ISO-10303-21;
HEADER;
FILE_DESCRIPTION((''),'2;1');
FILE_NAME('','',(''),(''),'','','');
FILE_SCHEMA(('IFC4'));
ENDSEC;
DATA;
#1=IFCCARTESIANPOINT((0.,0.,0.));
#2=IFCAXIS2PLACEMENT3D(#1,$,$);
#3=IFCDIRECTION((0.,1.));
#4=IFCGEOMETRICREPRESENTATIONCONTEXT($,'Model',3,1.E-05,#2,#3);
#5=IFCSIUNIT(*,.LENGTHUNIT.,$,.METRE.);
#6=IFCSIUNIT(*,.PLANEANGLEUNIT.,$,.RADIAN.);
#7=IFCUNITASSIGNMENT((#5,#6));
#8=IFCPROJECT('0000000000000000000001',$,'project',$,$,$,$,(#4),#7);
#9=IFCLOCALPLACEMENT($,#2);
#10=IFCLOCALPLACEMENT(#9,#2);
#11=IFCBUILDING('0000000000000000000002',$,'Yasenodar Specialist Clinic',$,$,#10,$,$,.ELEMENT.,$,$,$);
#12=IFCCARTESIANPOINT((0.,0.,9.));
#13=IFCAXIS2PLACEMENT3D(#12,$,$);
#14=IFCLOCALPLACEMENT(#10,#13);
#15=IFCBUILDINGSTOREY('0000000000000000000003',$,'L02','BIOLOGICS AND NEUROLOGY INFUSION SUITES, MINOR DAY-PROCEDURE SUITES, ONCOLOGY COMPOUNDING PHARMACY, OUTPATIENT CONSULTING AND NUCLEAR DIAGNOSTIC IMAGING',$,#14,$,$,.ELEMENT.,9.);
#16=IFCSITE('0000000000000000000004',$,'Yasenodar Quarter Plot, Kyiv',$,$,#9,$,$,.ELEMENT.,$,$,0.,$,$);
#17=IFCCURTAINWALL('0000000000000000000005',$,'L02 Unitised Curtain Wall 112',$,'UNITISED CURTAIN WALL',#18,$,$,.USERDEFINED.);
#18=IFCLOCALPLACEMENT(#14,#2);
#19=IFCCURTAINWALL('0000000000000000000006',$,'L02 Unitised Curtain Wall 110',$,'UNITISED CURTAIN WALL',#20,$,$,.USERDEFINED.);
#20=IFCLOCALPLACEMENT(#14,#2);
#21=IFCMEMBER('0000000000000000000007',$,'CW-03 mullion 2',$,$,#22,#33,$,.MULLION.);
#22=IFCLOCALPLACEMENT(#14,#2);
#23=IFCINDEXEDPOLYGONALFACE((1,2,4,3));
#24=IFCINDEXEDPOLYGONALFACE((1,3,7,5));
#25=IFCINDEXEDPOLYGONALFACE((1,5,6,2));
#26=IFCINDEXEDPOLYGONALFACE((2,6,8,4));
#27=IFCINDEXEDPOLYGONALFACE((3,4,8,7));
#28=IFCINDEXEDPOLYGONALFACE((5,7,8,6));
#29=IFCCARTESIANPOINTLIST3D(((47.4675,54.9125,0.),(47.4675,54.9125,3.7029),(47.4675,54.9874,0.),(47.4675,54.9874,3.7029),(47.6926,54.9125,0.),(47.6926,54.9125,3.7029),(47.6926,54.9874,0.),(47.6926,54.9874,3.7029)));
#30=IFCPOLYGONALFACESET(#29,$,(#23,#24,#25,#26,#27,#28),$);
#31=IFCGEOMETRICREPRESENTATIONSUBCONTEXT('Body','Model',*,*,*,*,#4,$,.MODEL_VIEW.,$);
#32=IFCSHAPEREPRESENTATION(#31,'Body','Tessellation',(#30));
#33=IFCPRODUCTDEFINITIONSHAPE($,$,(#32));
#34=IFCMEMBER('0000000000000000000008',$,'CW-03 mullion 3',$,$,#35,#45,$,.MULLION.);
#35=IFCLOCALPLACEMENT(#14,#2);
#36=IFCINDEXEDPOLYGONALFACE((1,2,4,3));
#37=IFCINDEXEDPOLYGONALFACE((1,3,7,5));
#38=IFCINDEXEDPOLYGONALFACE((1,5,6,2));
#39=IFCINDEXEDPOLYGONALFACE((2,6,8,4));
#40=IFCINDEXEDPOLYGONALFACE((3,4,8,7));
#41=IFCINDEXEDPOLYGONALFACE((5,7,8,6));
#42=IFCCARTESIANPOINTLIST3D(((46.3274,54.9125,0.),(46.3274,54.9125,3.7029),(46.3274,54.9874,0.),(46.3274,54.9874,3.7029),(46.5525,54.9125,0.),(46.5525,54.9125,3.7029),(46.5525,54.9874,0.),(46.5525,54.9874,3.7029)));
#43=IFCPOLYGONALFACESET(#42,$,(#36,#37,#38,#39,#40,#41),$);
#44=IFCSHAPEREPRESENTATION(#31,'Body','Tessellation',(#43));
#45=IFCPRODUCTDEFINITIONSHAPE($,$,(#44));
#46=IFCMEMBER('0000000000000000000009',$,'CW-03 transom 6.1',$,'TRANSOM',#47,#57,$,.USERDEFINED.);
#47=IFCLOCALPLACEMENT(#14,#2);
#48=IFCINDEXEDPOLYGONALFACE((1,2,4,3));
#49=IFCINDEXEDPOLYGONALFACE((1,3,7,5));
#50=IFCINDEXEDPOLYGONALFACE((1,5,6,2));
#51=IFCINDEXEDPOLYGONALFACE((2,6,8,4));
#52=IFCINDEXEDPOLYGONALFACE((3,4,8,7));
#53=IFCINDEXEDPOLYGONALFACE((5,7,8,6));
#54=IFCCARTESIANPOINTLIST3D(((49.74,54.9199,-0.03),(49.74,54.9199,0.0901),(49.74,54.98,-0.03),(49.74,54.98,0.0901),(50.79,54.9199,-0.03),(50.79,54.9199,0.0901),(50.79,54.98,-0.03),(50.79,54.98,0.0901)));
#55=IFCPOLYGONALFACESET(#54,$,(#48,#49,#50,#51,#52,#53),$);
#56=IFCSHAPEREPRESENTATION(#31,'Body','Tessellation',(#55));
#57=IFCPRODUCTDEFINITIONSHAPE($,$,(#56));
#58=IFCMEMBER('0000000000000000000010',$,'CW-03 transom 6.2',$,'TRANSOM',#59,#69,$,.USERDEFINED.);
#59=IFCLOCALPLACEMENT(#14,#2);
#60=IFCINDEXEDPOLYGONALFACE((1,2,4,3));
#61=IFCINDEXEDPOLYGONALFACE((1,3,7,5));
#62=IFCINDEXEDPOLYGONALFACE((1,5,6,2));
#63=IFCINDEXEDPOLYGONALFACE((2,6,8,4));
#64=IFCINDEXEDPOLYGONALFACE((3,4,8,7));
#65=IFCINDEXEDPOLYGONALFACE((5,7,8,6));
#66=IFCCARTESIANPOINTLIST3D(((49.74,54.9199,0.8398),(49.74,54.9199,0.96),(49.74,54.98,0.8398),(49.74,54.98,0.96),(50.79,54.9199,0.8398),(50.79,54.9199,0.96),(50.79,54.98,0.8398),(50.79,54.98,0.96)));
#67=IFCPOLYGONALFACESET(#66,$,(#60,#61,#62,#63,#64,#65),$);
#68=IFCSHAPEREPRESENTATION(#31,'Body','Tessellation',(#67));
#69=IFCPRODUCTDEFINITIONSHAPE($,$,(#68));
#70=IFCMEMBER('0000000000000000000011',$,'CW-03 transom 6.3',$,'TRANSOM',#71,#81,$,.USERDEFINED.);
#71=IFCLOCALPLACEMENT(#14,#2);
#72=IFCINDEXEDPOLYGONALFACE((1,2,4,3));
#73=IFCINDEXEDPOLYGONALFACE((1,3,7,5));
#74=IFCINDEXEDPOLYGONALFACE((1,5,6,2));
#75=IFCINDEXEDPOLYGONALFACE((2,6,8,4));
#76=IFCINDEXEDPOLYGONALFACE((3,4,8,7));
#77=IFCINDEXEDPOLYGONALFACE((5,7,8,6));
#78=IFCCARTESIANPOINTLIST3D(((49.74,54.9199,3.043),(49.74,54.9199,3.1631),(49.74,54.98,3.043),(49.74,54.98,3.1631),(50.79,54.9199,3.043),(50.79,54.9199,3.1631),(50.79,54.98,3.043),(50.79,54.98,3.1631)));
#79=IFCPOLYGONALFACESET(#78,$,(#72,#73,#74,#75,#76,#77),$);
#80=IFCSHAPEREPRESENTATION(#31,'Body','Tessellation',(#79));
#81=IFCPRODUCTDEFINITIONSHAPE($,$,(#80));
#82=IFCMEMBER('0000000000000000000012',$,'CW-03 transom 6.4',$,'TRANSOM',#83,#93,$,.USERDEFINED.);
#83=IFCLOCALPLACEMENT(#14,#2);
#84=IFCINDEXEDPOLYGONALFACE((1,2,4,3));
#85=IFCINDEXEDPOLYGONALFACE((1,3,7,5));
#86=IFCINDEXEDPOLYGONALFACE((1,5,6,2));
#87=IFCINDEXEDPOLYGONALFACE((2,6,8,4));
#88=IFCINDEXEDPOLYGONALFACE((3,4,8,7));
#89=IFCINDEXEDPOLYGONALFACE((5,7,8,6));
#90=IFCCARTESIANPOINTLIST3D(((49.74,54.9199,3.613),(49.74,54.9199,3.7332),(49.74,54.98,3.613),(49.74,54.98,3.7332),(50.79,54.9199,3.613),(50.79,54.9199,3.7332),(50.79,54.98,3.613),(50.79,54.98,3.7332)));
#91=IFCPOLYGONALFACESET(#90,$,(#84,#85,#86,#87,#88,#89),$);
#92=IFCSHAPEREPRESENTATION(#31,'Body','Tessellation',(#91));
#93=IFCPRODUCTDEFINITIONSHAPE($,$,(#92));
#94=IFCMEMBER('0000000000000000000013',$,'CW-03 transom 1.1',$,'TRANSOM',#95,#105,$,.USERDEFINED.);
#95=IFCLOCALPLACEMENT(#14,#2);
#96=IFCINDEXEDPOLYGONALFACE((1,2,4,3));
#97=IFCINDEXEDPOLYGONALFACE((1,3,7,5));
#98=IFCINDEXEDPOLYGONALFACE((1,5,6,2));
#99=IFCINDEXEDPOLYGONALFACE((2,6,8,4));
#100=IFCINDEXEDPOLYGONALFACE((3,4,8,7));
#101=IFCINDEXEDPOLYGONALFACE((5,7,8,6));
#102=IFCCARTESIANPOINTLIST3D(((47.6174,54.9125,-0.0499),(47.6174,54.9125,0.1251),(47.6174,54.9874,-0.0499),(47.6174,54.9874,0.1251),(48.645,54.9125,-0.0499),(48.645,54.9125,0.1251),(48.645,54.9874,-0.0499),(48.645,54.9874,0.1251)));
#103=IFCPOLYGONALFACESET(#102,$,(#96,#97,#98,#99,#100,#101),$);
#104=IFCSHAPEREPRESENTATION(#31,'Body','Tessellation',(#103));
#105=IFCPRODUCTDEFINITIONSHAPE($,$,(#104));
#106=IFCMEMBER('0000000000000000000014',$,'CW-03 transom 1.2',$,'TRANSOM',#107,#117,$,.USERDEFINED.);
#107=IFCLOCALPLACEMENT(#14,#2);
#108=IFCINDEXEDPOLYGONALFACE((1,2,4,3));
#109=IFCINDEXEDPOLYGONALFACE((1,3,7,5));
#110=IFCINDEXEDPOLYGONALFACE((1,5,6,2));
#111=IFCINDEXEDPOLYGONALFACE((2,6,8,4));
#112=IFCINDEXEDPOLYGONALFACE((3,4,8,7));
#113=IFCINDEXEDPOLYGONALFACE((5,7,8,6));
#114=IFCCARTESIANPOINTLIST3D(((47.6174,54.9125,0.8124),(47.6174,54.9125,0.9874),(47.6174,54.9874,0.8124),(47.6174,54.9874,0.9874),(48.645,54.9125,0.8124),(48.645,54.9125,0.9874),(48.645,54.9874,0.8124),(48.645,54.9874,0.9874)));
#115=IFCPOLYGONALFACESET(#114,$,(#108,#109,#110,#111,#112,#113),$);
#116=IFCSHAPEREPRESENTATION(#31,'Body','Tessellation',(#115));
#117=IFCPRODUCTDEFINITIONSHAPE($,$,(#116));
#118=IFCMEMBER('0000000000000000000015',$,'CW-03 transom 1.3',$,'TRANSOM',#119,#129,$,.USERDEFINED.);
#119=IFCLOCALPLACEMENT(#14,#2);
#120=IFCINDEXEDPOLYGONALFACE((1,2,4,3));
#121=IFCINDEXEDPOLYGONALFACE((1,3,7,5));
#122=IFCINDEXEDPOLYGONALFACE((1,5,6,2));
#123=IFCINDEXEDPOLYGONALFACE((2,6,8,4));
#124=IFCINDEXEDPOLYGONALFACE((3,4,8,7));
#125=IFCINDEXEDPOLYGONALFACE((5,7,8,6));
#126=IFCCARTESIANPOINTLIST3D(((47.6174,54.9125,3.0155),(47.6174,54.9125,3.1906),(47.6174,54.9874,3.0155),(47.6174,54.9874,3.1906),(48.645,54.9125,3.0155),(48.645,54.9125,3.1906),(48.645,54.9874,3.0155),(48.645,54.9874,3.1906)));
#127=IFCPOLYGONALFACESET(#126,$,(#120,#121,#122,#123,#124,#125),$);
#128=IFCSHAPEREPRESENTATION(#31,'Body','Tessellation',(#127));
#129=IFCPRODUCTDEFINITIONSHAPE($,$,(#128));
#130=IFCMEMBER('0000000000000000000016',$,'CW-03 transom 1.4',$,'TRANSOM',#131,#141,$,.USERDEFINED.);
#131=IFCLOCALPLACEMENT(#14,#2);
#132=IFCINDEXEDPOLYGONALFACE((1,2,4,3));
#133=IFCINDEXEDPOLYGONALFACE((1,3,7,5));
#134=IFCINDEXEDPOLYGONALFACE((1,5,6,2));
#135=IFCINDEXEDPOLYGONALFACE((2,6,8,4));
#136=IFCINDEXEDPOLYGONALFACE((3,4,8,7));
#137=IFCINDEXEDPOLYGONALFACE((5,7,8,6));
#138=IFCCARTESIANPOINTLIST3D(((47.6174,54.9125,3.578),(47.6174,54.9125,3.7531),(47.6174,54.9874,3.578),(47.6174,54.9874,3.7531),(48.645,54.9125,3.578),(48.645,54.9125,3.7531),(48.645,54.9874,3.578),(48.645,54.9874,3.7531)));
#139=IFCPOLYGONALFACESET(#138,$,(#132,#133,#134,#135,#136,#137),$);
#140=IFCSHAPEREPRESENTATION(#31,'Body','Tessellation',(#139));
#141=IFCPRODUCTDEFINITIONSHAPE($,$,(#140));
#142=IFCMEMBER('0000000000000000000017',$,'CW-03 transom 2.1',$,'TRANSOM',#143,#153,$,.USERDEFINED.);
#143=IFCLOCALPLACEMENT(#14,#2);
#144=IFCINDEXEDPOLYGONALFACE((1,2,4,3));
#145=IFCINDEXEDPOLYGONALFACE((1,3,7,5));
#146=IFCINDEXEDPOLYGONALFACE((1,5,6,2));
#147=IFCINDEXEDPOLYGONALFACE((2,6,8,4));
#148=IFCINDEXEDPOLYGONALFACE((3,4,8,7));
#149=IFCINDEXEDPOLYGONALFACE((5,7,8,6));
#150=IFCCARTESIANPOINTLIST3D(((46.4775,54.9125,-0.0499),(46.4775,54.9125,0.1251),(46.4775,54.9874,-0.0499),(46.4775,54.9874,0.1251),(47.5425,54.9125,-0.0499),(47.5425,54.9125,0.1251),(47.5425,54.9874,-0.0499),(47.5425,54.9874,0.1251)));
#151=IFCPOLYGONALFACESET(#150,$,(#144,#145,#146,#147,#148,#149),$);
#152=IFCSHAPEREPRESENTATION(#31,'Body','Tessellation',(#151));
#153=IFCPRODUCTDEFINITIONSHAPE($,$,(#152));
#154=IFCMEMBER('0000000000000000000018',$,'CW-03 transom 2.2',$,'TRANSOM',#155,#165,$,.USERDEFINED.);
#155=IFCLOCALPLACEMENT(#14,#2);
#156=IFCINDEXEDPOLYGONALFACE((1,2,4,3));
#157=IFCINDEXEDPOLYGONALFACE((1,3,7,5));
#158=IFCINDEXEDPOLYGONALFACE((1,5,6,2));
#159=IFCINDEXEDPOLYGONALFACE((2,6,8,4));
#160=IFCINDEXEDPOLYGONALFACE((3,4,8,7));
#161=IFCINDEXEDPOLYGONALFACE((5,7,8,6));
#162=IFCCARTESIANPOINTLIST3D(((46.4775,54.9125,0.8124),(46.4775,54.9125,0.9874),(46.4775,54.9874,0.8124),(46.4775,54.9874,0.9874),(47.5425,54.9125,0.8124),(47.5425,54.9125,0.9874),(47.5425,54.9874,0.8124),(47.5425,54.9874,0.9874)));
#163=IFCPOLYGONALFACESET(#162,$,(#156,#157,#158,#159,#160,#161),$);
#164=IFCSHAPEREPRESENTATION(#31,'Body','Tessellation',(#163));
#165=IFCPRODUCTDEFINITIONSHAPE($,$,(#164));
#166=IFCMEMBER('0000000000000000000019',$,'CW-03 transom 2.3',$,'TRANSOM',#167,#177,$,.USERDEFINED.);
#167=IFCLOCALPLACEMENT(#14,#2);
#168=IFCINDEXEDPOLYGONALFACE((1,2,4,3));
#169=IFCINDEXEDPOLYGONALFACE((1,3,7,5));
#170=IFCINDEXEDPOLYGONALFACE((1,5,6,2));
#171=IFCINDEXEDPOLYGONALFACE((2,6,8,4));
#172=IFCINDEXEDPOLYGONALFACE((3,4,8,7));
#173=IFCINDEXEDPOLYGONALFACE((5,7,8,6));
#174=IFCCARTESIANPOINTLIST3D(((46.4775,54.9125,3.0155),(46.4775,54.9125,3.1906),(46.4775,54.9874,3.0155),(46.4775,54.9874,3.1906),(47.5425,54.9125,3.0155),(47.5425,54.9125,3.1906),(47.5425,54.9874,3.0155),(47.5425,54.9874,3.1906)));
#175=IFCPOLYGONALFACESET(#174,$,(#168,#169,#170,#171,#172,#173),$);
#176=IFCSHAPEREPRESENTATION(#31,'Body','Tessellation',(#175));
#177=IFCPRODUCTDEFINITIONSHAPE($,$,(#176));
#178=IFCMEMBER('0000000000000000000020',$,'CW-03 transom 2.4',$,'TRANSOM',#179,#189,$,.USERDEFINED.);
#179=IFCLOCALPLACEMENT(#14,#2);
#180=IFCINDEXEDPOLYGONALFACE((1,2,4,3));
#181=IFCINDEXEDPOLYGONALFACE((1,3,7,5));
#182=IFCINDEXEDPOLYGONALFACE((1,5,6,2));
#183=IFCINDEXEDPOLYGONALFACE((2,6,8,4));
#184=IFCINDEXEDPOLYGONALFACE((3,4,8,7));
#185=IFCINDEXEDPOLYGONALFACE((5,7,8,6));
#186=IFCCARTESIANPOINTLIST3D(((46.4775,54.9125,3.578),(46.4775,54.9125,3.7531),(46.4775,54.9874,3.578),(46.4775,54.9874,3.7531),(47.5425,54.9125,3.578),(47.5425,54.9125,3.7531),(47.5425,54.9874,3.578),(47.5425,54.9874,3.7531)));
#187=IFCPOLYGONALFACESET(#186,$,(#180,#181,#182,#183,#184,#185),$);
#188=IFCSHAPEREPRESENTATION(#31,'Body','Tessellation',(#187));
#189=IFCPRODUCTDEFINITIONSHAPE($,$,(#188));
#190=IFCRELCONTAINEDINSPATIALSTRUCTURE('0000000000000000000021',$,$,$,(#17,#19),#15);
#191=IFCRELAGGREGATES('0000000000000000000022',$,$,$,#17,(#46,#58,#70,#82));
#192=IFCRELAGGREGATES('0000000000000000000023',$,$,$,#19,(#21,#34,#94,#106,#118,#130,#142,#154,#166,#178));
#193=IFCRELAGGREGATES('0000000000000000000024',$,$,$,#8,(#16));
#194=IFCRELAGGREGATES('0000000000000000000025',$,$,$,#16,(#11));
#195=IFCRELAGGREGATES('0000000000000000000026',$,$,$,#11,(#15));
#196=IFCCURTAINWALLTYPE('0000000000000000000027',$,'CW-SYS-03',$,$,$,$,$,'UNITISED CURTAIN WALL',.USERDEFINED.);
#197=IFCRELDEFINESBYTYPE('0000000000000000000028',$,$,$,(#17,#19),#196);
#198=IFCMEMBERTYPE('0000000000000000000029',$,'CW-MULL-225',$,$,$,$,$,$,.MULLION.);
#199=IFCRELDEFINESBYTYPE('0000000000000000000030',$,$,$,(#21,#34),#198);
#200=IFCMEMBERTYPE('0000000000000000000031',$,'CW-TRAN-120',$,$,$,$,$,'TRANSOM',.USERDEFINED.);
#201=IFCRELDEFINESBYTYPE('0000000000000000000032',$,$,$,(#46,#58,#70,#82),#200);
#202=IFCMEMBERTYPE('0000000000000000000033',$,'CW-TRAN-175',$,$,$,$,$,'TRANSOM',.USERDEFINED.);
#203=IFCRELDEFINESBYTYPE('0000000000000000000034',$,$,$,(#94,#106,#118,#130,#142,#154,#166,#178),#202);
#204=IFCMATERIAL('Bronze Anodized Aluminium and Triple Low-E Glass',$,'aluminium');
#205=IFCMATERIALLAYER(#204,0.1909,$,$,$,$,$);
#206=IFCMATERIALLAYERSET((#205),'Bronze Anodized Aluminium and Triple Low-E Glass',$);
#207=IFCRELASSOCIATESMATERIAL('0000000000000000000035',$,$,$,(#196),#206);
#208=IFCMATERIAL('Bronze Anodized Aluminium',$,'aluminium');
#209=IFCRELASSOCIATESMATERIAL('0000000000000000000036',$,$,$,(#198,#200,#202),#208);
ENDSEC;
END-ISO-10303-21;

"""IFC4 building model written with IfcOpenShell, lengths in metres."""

from ifc_helpers import new_model, si_unit, direction, frame, origin, origin_2d, place, context, subcontext, project, spatial, rectangle, extrude, material, layer, layer_set, material_profile, profile_set, type_object, element, aggregate, save


model = new_model("IFC4")

# Units and contexts
model_context = context("Model", 3, precision=1e-05, world=origin(), true_north=direction((0.0, 1.0)))
body_context = subcontext(model_context, "Body", "Model", "MODEL_VIEW")
ifc_project = project(units=[si_unit("LENGTHUNIT", "METRE"), si_unit("PLANEANGLEUNIT", "RADIAN")], contexts=[model_context])

# Site, building, storey
site_placement = place(None, origin())
site = spatial("IfcSite", under=ifc_project, at=site_placement, Name="Yasenodar Quarter Plot, Kyiv", CompositionType="ELEMENT", RefElevation=0.0)
building_placement = place(site_placement, origin())
building = spatial("IfcBuilding", under=site, at=building_placement, Name="Yasenodar Specialist Clinic", CompositionType="ELEMENT")
storey_placement = place(building_placement, frame((0.0, 0.0, 9.0)))
storey = spatial("IfcBuildingStorey", under=building, at=storey_placement, Name="L02", Description="BIOLOGICS AND NEUROLOGY INFUSION SUITES, MINOR DAY-PROCEDURE SUITES, ONCOLOGY COMPOUNDING PHARMACY, OUTPATIENT CONSULTING AND NUCLEAR DIAGNOSTIC IMAGING", CompositionType="ELEMENT", Elevation=9.0)

# Curtain walls, members
ifc_material_1 = material(Name="Bronze Anodized Aluminium and Triple Low-E Glass", Category="aluminium")
ifc_layer_1 = layer(ifc_material_1, 0.1909)
ifc_layer_set_1 = layer_set([ifc_layer_1], Name="Bronze Anodized Aluminium and Triple Low-E Glass")
curtain_wall_type = type_object("IfcCurtainWallType", Name="CW-SYS-03", ElementType="UNITISED CURTAIN WALL", PredefinedType="USERDEFINED", material=ifc_layer_set_1)
curtain_wall_1_placement = place(storey_placement, origin())
curtain_wall_1 = element("IfcCurtainWall", 1, at=curtain_wall_1_placement, inside=storey, type_object=curtain_wall_type, Name="L02 Unitised Curtain Wall 112", ObjectType="UNITISED CURTAIN WALL", PredefinedType="USERDEFINED")
ifc_material_2 = material(Name="Bronze Anodized Aluminium", Category="aluminium")
curtain_wall_2_placement = place(storey_placement, origin())
curtain_wall_2 = element("IfcCurtainWall", 2, at=curtain_wall_2_placement, inside=storey, type_object=curtain_wall_type, Name="L02 Unitised Curtain Wall 110", ObjectType="UNITISED CURTAIN WALL", PredefinedType="USERDEFINED")
ifc_material_profile_1 = material_profile(ifc_material_2, rectangle(XDim=0.075, YDim=0.2251, at=origin_2d()), Name="CW-MULL 75x225")
ifc_profile_set_1 = profile_set([ifc_material_profile_1], Name="Bronze Anodized Aluminium")
member_type_1 = type_object("IfcMemberType", Name="CW-MULL-225", PredefinedType="MULLION", material=ifc_profile_set_1)
member_1_placement = place(storey_placement, frame((47.5801, 54.95, 0.0), z_axis=(0.0, 0.0, 1.0), x_axis=(0.0, -1.0, 0.0)))
member_1 = element("IfcMember", 3, at=member_1_placement, type_object=member_type_1, Name="CW-03 mullion 2", PredefinedType="MULLION", context=body_context, shape_type="SweptSolid", body=[
    extrude(rectangle(XDim=0.075, YDim=0.2251, at=origin_2d()), origin(), (0.0, 0.0, 1.0), 3.7029),
])
member_2_placement = place(storey_placement, frame((46.4399, 54.95, 0.0), z_axis=(0.0, 0.0, 1.0), x_axis=(0.0, -1.0, 0.0)))
member_2 = element("IfcMember", 4, at=member_2_placement, type_object=member_type_1, Name="CW-03 mullion 3", PredefinedType="MULLION", context=body_context, shape_type="SweptSolid", body=[
    extrude(rectangle(XDim=0.075, YDim=0.2251, at=origin_2d()), origin(), (0.0, 0.0, 1.0), 3.7029),
])

# Members
ifc_material_profile_2 = material_profile(ifc_material_2, rectangle(XDim=0.0601, YDim=0.1201, at=origin_2d()), Name="CW-TRAN 60x120")
ifc_profile_set_2 = profile_set([ifc_material_profile_2], Name="Bronze Anodized Aluminium")
member_type_2 = type_object("IfcMemberType", Name="CW-TRAN-120", ElementType="TRANSOM", PredefinedType="USERDEFINED", material=ifc_profile_set_2)
member_3_placement = place(storey_placement, frame((50.79, 54.95, 0.03), z_axis=(-1.0, 0.0, 0.0), x_axis=(0.0, -1.0, 0.0)))
member_3 = element("IfcMember", 5, at=member_3_placement, type_object=member_type_2, Name="CW-03 transom 6.1", ObjectType="TRANSOM", PredefinedType="USERDEFINED", context=body_context, shape_type="SweptSolid", body=[
    extrude(rectangle(XDim=0.0601, YDim=0.1201, at=origin_2d()), origin(), (0.0, 0.0, 1.0), 1.05),
])
member_4_placement = place(storey_placement, frame((50.79, 54.95, 0.8999), z_axis=(-1.0, 0.0, 0.0), x_axis=(0.0, -1.0, 0.0)))
member_4 = element("IfcMember", 6, at=member_4_placement, type_object=member_type_2, Name="CW-03 transom 6.2", ObjectType="TRANSOM", PredefinedType="USERDEFINED", context=body_context, shape_type="SweptSolid", body=[
    extrude(rectangle(XDim=0.0601, YDim=0.1201, at=origin_2d()), origin(), (0.0, 0.0, 1.0), 1.05),
])
member_5_placement = place(storey_placement, frame((50.79, 54.95, 3.103), z_axis=(-1.0, 0.0, 0.0), x_axis=(0.0, -1.0, 0.0)))
member_5 = element("IfcMember", 7, at=member_5_placement, type_object=member_type_2, Name="CW-03 transom 6.3", ObjectType="TRANSOM", PredefinedType="USERDEFINED", context=body_context, shape_type="SweptSolid", body=[
    extrude(rectangle(XDim=0.0601, YDim=0.1201, at=origin_2d()), origin(), (0.0, 0.0, 1.0), 1.05),
])
member_6_placement = place(storey_placement, frame((50.79, 54.95, 3.6731), z_axis=(-1.0, 0.0, 0.0), x_axis=(0.0, -1.0, 0.0)))
member_6 = element("IfcMember", 8, at=member_6_placement, type_object=member_type_2, Name="CW-03 transom 6.4", ObjectType="TRANSOM", PredefinedType="USERDEFINED", context=body_context, shape_type="SweptSolid", body=[
    extrude(rectangle(XDim=0.0601, YDim=0.1201, at=origin_2d()), origin(), (0.0, 0.0, 1.0), 1.05),
])
ifc_material_profile_3 = material_profile(ifc_material_2, rectangle(XDim=0.075, YDim=0.175, at=origin_2d()), Name="CW-TRAN 75x175")
ifc_profile_set_3 = profile_set([ifc_material_profile_3], Name="Bronze Anodized Aluminium")
member_type_3 = type_object("IfcMemberType", Name="CW-TRAN-175", ElementType="TRANSOM", PredefinedType="USERDEFINED", material=ifc_profile_set_3)
member_7_placement = place(storey_placement, frame((48.645, 54.95, 0.0376), z_axis=(-1.0, 0.0, 0.0), x_axis=(0.0, -1.0, 0.0)))
member_7 = element("IfcMember", 9, at=member_7_placement, type_object=member_type_3, Name="CW-03 transom 1.1", ObjectType="TRANSOM", PredefinedType="USERDEFINED", context=body_context, shape_type="SweptSolid", body=[
    extrude(rectangle(XDim=0.075, YDim=0.175, at=origin_2d()), origin(), (0.0, 0.0, 1.0), 1.0276),
])
member_8_placement = place(storey_placement, frame((48.645, 54.95, 0.8999), z_axis=(-1.0, 0.0, 0.0), x_axis=(0.0, -1.0, 0.0)))
member_8 = element("IfcMember", 10, at=member_8_placement, type_object=member_type_3, Name="CW-03 transom 1.2", ObjectType="TRANSOM", PredefinedType="USERDEFINED", context=body_context, shape_type="SweptSolid", body=[
    extrude(rectangle(XDim=0.075, YDim=0.175, at=origin_2d()), origin(), (0.0, 0.0, 1.0), 1.0276),
])
member_9_placement = place(storey_placement, frame((48.645, 54.95, 3.103), z_axis=(-1.0, 0.0, 0.0), x_axis=(0.0, -1.0, 0.0)))
member_9 = element("IfcMember", 11, at=member_9_placement, type_object=member_type_3, Name="CW-03 transom 1.3", ObjectType="TRANSOM", PredefinedType="USERDEFINED", context=body_context, shape_type="SweptSolid", body=[
    extrude(rectangle(XDim=0.075, YDim=0.175, at=origin_2d()), origin(), (0.0, 0.0, 1.0), 1.0276),
])
member_10_placement = place(storey_placement, frame((48.645, 54.95, 3.6655), z_axis=(-1.0, 0.0, 0.0), x_axis=(0.0, -1.0, 0.0)))
member_10 = element("IfcMember", 12, at=member_10_placement, type_object=member_type_3, Name="CW-03 transom 1.4", ObjectType="TRANSOM", PredefinedType="USERDEFINED", context=body_context, shape_type="SweptSolid", body=[
    extrude(rectangle(XDim=0.075, YDim=0.175, at=origin_2d()), origin(), (0.0, 0.0, 1.0), 1.0276),
])
member_11_placement = place(storey_placement, frame((47.5425, 54.95, 0.0376), z_axis=(-1.0, 0.0, 0.0), x_axis=(0.0, -1.0, 0.0)))
member_11 = element("IfcMember", 13, at=member_11_placement, type_object=member_type_3, Name="CW-03 transom 2.1", ObjectType="TRANSOM", PredefinedType="USERDEFINED", context=body_context, shape_type="SweptSolid", body=[
    extrude(rectangle(XDim=0.075, YDim=0.175, at=origin_2d()), origin(), (0.0, 0.0, 1.0), 1.0649),
])
member_12_placement = place(storey_placement, frame((47.5425, 54.95, 0.8999), z_axis=(-1.0, 0.0, 0.0), x_axis=(0.0, -1.0, 0.0)))
member_12 = element("IfcMember", 14, at=member_12_placement, type_object=member_type_3, Name="CW-03 transom 2.2", ObjectType="TRANSOM", PredefinedType="USERDEFINED", context=body_context, shape_type="SweptSolid", body=[
    extrude(rectangle(XDim=0.075, YDim=0.175, at=origin_2d()), origin(), (0.0, 0.0, 1.0), 1.0649),
])
member_13_placement = place(storey_placement, frame((47.5425, 54.95, 3.103), z_axis=(-1.0, 0.0, 0.0), x_axis=(0.0, -1.0, 0.0)))
member_13 = element("IfcMember", 15, at=member_13_placement, type_object=member_type_3, Name="CW-03 transom 2.3", ObjectType="TRANSOM", PredefinedType="USERDEFINED", context=body_context, shape_type="SweptSolid", body=[
    extrude(rectangle(XDim=0.075, YDim=0.175, at=origin_2d()), origin(), (0.0, 0.0, 1.0), 1.0649),
])
member_14_placement = place(storey_placement, frame((47.5425, 54.95, 3.6655), z_axis=(-1.0, 0.0, 0.0), x_axis=(0.0, -1.0, 0.0)))
member_14 = element("IfcMember", 16, at=member_14_placement, type_object=member_type_3, Name="CW-03 transom 2.4", ObjectType="TRANSOM", PredefinedType="USERDEFINED", context=body_context, shape_type="SweptSolid", body=[
    extrude(rectangle(XDim=0.075, YDim=0.175, at=origin_2d()), origin(), (0.0, 0.0, 1.0), 1.0649),
])

aggregate(curtain_wall_1, [member_3, member_4, member_5, member_6])
aggregate(curtain_wall_2, [member_1, member_2, member_7, member_8, member_9, member_10, member_11, member_12, member_13, member_14])

save(model, "model.ifc")
